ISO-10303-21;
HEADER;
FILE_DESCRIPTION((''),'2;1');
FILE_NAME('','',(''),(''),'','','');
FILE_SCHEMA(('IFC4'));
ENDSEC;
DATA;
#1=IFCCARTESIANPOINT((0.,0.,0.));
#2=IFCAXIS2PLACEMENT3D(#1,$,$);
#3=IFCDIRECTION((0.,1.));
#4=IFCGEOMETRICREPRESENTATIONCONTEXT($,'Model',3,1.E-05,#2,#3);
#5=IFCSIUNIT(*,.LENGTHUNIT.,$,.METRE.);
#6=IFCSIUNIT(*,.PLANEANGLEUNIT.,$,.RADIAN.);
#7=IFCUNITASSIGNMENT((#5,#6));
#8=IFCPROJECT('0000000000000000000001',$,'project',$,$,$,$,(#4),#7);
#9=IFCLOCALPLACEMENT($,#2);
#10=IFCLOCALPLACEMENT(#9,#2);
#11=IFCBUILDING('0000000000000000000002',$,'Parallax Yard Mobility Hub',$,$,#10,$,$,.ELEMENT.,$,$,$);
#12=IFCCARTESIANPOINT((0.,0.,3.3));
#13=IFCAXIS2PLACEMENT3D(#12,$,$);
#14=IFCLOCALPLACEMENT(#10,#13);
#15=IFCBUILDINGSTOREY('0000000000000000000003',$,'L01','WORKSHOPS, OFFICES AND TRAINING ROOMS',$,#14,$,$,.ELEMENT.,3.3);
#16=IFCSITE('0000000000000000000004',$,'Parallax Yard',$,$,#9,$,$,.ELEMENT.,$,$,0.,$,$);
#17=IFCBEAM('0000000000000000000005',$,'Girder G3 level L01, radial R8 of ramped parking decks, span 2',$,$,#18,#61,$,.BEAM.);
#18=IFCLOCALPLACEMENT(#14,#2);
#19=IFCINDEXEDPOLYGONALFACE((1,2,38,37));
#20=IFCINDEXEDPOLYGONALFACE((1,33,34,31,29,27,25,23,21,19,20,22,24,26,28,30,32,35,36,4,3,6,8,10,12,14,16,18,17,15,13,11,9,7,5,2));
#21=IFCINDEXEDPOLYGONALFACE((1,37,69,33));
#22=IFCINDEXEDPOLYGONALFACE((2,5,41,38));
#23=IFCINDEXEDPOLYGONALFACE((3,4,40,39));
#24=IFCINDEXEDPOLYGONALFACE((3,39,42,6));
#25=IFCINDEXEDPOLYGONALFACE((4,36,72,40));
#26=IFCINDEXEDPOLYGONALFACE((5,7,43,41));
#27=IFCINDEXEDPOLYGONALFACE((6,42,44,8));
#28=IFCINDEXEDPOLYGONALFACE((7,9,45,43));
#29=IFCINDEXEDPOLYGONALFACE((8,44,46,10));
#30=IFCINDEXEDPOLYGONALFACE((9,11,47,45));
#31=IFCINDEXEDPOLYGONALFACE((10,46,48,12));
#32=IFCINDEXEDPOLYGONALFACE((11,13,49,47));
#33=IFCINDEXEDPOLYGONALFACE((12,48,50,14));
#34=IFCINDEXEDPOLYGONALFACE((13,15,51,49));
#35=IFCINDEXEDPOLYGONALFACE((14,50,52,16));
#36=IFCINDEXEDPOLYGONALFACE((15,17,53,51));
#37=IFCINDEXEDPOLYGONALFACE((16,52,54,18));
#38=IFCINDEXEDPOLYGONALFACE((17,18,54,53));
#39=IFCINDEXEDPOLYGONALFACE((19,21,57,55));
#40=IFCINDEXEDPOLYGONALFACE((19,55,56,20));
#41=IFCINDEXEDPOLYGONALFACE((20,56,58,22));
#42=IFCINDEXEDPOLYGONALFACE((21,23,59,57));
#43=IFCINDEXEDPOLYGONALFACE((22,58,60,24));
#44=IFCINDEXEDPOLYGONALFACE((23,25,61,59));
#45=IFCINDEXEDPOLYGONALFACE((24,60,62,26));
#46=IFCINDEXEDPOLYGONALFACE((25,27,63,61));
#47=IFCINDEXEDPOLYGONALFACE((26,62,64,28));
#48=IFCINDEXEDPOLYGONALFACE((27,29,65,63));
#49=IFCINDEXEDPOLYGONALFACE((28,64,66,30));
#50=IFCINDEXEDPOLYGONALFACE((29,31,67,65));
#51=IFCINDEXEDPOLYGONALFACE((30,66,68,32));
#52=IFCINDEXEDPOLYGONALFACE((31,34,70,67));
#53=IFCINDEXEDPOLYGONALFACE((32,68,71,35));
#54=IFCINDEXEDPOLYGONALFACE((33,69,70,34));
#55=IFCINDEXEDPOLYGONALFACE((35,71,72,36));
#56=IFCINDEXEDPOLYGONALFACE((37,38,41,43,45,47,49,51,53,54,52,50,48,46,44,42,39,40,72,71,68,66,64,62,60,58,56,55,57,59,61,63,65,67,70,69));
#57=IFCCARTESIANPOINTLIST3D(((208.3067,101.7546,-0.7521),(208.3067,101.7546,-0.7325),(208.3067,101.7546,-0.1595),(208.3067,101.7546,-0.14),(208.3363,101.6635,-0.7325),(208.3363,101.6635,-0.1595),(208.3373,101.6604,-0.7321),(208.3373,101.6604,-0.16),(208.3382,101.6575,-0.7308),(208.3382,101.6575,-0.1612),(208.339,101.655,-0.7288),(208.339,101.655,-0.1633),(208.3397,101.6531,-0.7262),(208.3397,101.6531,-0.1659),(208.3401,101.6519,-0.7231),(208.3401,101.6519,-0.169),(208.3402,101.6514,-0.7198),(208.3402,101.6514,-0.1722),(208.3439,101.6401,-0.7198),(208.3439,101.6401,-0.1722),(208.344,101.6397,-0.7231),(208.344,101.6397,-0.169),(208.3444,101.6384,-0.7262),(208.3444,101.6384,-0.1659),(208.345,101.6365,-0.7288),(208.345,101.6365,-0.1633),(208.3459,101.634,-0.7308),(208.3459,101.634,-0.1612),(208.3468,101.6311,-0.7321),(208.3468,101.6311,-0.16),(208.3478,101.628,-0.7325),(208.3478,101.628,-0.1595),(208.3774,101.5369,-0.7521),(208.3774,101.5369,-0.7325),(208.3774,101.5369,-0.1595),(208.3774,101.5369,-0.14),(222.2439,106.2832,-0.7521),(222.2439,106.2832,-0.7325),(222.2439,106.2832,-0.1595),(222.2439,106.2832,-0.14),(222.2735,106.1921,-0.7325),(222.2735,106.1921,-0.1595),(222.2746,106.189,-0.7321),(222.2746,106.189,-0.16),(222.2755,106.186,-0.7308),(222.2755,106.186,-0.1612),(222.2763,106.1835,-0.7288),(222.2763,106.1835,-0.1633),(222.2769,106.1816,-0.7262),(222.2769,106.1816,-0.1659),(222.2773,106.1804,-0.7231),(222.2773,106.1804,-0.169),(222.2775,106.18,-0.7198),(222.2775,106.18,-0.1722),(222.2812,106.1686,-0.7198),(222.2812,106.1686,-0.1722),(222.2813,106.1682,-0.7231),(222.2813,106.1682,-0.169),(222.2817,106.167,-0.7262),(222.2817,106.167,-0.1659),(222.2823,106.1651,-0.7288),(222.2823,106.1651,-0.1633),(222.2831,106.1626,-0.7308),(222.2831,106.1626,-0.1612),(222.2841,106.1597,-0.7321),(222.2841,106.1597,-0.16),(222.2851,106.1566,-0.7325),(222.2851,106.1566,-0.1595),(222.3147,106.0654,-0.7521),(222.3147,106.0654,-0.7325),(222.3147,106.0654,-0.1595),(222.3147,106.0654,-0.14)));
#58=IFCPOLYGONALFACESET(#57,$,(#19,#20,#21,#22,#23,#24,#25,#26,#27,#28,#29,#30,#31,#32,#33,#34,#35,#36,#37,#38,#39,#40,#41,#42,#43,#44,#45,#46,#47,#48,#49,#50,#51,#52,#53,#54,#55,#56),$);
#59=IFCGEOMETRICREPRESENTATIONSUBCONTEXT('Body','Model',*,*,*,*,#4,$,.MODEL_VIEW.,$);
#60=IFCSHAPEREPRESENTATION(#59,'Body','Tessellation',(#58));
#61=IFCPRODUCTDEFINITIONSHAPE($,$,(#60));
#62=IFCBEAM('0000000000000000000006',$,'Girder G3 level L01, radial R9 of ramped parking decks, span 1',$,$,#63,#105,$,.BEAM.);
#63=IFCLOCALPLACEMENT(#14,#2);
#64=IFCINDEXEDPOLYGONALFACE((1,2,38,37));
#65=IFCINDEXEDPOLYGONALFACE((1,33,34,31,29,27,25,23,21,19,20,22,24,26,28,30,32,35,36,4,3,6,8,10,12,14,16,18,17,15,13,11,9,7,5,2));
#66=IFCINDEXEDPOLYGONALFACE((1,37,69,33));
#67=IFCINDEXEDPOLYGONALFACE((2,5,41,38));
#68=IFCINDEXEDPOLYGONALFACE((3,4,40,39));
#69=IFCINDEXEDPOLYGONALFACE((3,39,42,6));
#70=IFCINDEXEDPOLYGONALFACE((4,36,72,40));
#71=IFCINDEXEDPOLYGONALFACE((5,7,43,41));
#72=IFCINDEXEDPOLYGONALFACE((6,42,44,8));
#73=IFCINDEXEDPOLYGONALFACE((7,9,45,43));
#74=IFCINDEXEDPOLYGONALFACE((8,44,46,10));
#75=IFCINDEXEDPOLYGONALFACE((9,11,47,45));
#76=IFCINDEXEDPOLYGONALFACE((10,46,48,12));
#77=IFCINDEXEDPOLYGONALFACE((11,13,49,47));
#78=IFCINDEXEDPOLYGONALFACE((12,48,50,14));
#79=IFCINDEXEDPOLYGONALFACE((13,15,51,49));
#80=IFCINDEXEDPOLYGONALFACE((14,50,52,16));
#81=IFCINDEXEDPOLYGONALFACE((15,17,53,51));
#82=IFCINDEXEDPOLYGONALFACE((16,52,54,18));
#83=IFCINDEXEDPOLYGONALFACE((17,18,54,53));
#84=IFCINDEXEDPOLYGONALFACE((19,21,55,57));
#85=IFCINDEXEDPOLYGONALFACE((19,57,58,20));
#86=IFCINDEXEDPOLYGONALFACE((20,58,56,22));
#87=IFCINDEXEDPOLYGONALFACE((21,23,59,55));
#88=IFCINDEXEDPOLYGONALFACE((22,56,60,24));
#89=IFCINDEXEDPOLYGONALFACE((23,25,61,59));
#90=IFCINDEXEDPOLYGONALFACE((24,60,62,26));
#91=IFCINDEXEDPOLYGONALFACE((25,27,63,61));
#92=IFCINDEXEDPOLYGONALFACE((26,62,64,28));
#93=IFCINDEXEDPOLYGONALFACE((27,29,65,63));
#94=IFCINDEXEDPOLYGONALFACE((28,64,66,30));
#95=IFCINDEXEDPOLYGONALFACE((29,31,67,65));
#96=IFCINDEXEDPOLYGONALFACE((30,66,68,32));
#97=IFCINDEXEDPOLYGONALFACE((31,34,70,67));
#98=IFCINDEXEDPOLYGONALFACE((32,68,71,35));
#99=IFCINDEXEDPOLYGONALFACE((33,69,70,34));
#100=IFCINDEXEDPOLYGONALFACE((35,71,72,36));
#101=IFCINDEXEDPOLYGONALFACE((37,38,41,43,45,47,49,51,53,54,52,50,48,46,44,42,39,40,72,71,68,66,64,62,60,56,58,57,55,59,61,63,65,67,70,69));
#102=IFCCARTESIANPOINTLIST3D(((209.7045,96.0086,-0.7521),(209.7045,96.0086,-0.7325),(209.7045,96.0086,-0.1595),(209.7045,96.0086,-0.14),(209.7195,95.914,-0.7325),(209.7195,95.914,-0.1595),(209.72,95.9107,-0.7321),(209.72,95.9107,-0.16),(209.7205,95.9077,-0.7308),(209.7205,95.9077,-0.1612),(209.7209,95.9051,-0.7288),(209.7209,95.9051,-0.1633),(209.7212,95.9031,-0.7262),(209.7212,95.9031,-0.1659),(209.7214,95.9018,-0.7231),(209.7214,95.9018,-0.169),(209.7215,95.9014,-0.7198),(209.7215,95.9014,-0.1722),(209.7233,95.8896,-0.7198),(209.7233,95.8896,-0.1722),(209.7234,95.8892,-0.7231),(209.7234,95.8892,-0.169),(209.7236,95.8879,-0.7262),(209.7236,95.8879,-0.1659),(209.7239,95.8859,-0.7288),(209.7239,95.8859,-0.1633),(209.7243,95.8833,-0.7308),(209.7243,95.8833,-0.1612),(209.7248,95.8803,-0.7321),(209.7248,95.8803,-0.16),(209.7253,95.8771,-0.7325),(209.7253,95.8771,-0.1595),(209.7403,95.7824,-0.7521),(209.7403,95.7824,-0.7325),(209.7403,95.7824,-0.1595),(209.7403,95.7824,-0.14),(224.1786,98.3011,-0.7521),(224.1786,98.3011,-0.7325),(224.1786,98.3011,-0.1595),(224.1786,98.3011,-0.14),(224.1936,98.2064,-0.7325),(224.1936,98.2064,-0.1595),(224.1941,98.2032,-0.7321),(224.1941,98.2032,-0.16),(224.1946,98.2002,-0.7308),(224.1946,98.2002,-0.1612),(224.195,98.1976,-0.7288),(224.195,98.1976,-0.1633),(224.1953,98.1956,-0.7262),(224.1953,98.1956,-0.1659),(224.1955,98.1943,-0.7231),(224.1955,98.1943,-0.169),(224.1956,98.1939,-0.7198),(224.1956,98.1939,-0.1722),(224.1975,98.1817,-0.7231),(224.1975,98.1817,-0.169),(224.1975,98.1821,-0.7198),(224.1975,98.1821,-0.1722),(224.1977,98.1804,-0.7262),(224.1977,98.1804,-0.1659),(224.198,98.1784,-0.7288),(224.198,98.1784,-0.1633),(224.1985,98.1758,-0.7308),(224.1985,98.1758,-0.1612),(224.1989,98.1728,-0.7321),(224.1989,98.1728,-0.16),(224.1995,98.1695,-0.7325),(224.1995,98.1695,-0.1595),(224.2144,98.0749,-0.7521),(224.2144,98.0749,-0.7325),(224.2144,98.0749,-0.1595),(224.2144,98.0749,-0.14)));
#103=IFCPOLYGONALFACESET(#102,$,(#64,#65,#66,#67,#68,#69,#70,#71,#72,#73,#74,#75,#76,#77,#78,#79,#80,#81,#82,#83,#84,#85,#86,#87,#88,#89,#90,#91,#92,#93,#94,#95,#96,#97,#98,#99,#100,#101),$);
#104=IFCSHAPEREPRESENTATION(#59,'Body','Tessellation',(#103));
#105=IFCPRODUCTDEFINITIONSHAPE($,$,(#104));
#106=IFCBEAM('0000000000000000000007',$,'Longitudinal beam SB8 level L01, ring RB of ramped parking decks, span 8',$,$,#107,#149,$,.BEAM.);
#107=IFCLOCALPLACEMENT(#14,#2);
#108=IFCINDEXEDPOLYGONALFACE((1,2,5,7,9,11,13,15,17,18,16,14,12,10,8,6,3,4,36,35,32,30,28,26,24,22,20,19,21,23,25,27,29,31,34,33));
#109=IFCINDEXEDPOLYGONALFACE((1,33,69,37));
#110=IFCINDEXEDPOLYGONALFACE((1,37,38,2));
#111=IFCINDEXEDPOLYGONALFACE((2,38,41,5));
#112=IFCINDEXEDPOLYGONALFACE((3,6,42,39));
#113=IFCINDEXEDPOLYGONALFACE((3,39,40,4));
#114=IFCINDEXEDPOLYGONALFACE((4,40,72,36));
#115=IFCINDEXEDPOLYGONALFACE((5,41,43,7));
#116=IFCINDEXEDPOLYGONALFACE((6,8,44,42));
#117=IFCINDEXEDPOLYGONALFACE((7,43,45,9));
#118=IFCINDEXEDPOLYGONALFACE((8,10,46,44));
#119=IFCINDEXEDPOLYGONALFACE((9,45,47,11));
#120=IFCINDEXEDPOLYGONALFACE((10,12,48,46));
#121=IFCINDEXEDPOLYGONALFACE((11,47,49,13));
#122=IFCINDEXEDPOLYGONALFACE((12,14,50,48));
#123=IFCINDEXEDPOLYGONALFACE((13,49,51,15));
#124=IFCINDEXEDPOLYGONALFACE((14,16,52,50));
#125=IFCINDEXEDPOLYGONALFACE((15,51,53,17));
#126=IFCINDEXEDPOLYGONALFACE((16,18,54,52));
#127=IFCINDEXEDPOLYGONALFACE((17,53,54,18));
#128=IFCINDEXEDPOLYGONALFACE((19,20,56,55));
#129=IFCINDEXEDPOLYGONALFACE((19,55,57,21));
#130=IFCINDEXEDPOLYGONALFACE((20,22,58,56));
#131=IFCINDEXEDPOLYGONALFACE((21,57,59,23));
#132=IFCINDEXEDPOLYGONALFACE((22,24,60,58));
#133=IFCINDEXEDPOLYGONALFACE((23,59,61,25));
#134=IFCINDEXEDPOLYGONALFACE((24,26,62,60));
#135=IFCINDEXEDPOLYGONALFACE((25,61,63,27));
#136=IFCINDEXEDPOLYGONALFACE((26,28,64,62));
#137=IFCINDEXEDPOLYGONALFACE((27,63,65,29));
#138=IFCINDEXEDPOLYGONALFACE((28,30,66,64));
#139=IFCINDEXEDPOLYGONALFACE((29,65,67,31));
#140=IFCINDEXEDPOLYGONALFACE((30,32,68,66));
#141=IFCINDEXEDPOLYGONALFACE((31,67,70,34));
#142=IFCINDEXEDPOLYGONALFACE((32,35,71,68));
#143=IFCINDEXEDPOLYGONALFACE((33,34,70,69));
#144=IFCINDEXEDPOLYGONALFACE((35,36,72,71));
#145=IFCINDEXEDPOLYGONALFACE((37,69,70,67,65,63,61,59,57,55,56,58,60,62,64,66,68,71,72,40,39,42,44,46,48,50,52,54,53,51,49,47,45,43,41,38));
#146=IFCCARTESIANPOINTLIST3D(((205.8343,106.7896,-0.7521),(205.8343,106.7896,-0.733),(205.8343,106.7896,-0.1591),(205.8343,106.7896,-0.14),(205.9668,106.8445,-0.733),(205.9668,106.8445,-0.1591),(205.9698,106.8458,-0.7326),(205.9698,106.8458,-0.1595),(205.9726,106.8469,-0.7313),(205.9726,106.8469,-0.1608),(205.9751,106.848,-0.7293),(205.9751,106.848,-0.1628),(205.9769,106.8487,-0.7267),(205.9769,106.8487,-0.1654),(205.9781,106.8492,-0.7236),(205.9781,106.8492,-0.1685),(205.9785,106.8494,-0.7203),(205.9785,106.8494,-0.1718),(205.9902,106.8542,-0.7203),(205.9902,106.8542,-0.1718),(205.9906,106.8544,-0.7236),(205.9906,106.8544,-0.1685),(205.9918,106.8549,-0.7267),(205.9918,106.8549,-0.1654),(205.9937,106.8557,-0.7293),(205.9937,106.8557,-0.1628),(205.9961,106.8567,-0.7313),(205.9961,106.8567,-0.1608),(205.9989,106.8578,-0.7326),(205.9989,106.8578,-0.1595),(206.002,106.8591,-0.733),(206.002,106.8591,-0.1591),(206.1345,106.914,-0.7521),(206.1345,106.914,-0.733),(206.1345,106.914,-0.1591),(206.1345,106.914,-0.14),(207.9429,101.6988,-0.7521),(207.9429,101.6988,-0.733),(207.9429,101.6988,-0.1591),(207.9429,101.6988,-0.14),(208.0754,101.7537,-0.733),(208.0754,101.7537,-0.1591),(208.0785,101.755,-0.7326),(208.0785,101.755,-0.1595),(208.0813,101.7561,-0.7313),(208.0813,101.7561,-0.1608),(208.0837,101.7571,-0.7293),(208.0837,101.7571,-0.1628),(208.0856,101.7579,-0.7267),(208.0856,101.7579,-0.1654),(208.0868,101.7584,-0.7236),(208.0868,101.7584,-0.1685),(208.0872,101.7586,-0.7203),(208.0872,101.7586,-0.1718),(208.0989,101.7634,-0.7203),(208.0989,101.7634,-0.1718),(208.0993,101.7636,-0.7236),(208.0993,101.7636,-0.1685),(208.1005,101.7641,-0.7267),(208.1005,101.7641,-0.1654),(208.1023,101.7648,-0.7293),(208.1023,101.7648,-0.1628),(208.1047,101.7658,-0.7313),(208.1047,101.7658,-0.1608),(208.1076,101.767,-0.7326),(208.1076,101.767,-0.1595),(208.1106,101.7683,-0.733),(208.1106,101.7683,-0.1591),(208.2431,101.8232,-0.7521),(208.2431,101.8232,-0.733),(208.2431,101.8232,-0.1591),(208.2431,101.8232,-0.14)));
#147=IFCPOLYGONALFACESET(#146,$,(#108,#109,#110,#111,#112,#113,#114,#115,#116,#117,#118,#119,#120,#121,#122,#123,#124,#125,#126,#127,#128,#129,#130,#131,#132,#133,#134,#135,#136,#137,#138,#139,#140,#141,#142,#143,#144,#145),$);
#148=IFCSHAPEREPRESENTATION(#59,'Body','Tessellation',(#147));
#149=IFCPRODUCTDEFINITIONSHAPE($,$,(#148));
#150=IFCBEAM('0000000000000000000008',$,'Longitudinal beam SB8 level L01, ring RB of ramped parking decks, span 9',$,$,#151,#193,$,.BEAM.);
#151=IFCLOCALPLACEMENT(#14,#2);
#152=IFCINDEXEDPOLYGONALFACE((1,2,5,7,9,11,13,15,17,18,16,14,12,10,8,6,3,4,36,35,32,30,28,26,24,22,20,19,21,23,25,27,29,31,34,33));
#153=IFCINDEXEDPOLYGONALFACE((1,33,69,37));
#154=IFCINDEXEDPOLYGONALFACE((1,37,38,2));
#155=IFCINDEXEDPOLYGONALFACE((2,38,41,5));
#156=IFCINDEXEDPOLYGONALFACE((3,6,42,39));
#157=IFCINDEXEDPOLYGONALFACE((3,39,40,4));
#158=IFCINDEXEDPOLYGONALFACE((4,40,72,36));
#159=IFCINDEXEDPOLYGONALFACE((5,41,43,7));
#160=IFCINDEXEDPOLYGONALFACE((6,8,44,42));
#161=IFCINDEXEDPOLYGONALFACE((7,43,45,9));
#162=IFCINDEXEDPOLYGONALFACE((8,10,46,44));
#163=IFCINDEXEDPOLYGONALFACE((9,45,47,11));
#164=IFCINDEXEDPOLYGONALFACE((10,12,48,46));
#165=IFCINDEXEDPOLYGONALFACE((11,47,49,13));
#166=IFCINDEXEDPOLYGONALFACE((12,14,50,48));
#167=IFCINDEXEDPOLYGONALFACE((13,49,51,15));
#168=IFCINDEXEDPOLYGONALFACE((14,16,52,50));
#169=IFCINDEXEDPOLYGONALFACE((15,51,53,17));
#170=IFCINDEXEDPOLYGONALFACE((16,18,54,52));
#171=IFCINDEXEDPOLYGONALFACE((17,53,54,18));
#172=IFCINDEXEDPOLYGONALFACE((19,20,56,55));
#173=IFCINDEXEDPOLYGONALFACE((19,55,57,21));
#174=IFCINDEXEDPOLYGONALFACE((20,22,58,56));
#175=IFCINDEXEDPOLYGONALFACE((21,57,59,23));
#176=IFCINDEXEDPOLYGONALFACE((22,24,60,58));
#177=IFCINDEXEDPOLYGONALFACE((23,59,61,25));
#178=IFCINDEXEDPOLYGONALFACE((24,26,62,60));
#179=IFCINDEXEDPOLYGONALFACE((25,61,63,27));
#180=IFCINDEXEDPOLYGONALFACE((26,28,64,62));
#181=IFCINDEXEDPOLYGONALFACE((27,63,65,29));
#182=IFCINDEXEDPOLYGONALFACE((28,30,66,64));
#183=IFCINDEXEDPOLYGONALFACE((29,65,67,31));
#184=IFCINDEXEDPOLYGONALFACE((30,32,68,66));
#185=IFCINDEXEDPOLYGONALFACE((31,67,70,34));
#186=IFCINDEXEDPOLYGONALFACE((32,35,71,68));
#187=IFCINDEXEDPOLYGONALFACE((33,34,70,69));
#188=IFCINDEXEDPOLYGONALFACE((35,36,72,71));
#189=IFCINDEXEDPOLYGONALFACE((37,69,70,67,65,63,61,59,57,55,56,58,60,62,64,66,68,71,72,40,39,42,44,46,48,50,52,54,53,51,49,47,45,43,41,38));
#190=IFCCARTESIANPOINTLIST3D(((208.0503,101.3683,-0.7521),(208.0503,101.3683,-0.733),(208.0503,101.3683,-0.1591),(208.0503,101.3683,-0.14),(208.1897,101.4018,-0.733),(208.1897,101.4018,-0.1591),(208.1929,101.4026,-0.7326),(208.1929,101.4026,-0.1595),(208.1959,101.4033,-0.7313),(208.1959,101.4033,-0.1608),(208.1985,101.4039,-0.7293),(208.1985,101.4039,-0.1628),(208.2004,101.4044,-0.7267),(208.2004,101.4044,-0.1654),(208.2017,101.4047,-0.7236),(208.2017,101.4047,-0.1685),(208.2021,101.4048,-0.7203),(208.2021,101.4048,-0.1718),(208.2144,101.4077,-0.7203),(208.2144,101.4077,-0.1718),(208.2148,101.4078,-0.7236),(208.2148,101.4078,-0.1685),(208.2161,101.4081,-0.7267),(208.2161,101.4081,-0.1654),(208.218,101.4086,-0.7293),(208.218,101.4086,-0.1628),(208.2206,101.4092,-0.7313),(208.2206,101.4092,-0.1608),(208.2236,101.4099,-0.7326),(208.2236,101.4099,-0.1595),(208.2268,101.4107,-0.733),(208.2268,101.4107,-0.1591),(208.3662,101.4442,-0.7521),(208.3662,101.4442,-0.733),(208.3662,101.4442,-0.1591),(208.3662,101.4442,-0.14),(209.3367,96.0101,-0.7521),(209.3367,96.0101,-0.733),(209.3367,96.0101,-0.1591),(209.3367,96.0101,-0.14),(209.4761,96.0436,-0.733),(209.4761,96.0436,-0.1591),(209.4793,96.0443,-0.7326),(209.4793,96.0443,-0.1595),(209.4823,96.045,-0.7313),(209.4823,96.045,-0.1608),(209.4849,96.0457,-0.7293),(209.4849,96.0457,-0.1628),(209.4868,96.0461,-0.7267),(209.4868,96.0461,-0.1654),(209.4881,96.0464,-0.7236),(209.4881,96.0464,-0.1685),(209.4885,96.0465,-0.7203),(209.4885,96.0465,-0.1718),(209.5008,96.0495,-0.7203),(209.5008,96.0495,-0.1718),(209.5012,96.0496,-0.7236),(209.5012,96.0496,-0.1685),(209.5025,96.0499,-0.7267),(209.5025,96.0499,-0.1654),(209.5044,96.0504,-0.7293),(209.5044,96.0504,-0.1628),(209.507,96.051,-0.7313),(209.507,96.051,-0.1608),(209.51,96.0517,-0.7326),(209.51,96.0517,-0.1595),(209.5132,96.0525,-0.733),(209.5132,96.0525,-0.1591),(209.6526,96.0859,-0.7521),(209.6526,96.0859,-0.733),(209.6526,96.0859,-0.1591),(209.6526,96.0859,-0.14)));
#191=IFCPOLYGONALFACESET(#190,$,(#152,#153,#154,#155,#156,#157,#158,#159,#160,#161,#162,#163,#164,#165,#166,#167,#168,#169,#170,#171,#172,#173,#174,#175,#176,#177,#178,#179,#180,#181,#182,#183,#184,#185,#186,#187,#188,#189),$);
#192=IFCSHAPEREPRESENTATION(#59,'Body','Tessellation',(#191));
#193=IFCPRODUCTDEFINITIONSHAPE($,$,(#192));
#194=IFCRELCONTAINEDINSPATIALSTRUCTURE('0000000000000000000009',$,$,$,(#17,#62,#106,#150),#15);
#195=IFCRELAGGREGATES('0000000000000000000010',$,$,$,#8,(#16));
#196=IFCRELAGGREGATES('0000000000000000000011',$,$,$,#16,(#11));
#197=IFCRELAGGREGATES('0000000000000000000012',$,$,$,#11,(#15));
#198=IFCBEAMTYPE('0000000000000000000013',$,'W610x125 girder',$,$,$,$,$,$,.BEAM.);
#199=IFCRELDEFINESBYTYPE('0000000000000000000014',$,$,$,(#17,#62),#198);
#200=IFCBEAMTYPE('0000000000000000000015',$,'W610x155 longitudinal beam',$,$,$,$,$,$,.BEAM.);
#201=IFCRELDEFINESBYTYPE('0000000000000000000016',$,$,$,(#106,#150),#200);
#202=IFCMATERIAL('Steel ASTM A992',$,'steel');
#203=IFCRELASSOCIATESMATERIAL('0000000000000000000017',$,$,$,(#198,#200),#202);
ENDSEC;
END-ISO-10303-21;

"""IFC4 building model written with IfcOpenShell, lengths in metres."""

from ifc_helpers import new_model, si_unit, direction, frame, origin, origin_2d, place, context, subcontext, project, spatial, i_section, extrude, material, material_profile, profile_set, type_object, element, save


model = new_model("IFC4")

# Units and contexts
model_context = context("Model", 3, precision=1e-05, world=origin(), true_north=direction((0.0, 1.0)))
body_context = subcontext(model_context, "Body", "Model", "MODEL_VIEW")
ifc_project = project(units=[si_unit("LENGTHUNIT", "METRE"), si_unit("PLANEANGLEUNIT", "RADIAN")], contexts=[model_context])

# Site, building, storey
site_placement = place(None, origin())
site = spatial("IfcSite", under=ifc_project, at=site_placement, Name="Parallax Yard", CompositionType="ELEMENT", RefElevation=0.0)
building_placement = place(site_placement, origin())
building = spatial("IfcBuilding", under=site, at=building_placement, Name="Parallax Yard Mobility Hub", CompositionType="ELEMENT")
storey_placement = place(building_placement, frame((0.0, 0.0, 3.3)))
storey = spatial("IfcBuildingStorey", under=building, at=storey_placement, Name="L01", Description="WORKSHOPS, OFFICES AND TRAINING ROOMS", CompositionType="ELEMENT", Elevation=3.3)

# Shared definitions
ifc_material_1 = material(Name="Steel ASTM A992", Category="steel")

# Beams
ifc_material_profile_1 = material_profile(ifc_material_1, i_section(OverallWidth=0.229, OverallDepth=0.6121, WebThickness=0.012, FlangeThickness=0.0195, FilletRadius=0.0127, at=origin_2d()), Name="W610x125")
ifc_profile_set_1 = profile_set([ifc_material_profile_1], Name="Steel ASTM A992")
beam_type_1 = type_object("IfcBeamType", Name="W610x125 girder", PredefinedType="BEAM", material=ifc_profile_set_1)
for number, where, z_axis, x_axis, name in (
    (1, (208.342, 101.6458, -0.446), (0.951055, 0.309022, 0.0), (-0.309022, 0.951055, 0.0), "Girder G3 level L01, radial R8 of ramped parking decks, span 2"),
    (2, (209.7224, 95.8955, -0.446), (0.987688, 0.156435, 0.0), (-0.156435, 0.987688, 0.0), "Girder G3 level L01, radial R9 of ramped parking decks, span 1"),
):
    element("IfcBeam", number, at=place(storey_placement, frame(where, z_axis=z_axis, x_axis=x_axis)), inside=storey, type_object=beam_type_1, Name=name, PredefinedType="BEAM", context=body_context, shape_type="SweptSolid", body=[
        extrude(i_section(OverallWidth=0.229, OverallDepth=0.6121, WebThickness=0.012, FlangeThickness=0.0195, FilletRadius=0.0127, at=origin_2d()), origin(), (0.0, 0.0, 1.0), 14.6545),
    ])
ifc_material_profile_2 = material_profile(ifc_material_1, i_section(OverallWidth=0.325, OverallDepth=0.6121, WebThickness=0.0127, FlangeThickness=0.019, FilletRadius=0.0127, at=origin_2d()), Name="W610x155")
ifc_profile_set_2 = profile_set([ifc_material_profile_2], Name="Steel ASTM A992")
beam_type_2 = type_object("IfcBeamType", Name="W610x155 longitudinal beam", PredefinedType="BEAM", material=ifc_profile_set_2)
beam_1_placement = place(storey_placement, frame((205.9844, 106.8518, -0.446), z_axis=(0.382677, -0.923882, 0.0), x_axis=(0.923882, 0.382677, 0.0)))
element("IfcBeam", 3, at=beam_1_placement, inside=storey, type_object=beam_type_2, Name="Longitudinal beam SB8 level L01, ring RB of ramped parking decks, span 8", PredefinedType="BEAM", context=body_context, shape_type="SweptSolid", body=[
    extrude(i_section(OverallWidth=0.325, OverallDepth=0.6121, WebThickness=0.0127, FlangeThickness=0.019, FilletRadius=0.0127, at=origin_2d()), origin(), (0.0, 0.0, 1.0), 5.5103),
])
beam_2_placement = place(storey_placement, frame((208.2083, 101.4062, -0.446), z_axis=(0.233445, -0.97237, 0.0), x_axis=(0.97237, 0.233445, 0.0)))
element("IfcBeam", 4, at=beam_2_placement, inside=storey, type_object=beam_type_2, Name="Longitudinal beam SB8 level L01, ring RB of ramped parking decks, span 9", PredefinedType="BEAM", context=body_context, shape_type="SweptSolid", body=[
    extrude(i_section(OverallWidth=0.325, OverallDepth=0.6121, WebThickness=0.0127, FlangeThickness=0.019, FilletRadius=0.0127, at=origin_2d()), origin(), (0.0, 0.0, 1.0), 5.5105),
])

save(model, "model.ifc")
